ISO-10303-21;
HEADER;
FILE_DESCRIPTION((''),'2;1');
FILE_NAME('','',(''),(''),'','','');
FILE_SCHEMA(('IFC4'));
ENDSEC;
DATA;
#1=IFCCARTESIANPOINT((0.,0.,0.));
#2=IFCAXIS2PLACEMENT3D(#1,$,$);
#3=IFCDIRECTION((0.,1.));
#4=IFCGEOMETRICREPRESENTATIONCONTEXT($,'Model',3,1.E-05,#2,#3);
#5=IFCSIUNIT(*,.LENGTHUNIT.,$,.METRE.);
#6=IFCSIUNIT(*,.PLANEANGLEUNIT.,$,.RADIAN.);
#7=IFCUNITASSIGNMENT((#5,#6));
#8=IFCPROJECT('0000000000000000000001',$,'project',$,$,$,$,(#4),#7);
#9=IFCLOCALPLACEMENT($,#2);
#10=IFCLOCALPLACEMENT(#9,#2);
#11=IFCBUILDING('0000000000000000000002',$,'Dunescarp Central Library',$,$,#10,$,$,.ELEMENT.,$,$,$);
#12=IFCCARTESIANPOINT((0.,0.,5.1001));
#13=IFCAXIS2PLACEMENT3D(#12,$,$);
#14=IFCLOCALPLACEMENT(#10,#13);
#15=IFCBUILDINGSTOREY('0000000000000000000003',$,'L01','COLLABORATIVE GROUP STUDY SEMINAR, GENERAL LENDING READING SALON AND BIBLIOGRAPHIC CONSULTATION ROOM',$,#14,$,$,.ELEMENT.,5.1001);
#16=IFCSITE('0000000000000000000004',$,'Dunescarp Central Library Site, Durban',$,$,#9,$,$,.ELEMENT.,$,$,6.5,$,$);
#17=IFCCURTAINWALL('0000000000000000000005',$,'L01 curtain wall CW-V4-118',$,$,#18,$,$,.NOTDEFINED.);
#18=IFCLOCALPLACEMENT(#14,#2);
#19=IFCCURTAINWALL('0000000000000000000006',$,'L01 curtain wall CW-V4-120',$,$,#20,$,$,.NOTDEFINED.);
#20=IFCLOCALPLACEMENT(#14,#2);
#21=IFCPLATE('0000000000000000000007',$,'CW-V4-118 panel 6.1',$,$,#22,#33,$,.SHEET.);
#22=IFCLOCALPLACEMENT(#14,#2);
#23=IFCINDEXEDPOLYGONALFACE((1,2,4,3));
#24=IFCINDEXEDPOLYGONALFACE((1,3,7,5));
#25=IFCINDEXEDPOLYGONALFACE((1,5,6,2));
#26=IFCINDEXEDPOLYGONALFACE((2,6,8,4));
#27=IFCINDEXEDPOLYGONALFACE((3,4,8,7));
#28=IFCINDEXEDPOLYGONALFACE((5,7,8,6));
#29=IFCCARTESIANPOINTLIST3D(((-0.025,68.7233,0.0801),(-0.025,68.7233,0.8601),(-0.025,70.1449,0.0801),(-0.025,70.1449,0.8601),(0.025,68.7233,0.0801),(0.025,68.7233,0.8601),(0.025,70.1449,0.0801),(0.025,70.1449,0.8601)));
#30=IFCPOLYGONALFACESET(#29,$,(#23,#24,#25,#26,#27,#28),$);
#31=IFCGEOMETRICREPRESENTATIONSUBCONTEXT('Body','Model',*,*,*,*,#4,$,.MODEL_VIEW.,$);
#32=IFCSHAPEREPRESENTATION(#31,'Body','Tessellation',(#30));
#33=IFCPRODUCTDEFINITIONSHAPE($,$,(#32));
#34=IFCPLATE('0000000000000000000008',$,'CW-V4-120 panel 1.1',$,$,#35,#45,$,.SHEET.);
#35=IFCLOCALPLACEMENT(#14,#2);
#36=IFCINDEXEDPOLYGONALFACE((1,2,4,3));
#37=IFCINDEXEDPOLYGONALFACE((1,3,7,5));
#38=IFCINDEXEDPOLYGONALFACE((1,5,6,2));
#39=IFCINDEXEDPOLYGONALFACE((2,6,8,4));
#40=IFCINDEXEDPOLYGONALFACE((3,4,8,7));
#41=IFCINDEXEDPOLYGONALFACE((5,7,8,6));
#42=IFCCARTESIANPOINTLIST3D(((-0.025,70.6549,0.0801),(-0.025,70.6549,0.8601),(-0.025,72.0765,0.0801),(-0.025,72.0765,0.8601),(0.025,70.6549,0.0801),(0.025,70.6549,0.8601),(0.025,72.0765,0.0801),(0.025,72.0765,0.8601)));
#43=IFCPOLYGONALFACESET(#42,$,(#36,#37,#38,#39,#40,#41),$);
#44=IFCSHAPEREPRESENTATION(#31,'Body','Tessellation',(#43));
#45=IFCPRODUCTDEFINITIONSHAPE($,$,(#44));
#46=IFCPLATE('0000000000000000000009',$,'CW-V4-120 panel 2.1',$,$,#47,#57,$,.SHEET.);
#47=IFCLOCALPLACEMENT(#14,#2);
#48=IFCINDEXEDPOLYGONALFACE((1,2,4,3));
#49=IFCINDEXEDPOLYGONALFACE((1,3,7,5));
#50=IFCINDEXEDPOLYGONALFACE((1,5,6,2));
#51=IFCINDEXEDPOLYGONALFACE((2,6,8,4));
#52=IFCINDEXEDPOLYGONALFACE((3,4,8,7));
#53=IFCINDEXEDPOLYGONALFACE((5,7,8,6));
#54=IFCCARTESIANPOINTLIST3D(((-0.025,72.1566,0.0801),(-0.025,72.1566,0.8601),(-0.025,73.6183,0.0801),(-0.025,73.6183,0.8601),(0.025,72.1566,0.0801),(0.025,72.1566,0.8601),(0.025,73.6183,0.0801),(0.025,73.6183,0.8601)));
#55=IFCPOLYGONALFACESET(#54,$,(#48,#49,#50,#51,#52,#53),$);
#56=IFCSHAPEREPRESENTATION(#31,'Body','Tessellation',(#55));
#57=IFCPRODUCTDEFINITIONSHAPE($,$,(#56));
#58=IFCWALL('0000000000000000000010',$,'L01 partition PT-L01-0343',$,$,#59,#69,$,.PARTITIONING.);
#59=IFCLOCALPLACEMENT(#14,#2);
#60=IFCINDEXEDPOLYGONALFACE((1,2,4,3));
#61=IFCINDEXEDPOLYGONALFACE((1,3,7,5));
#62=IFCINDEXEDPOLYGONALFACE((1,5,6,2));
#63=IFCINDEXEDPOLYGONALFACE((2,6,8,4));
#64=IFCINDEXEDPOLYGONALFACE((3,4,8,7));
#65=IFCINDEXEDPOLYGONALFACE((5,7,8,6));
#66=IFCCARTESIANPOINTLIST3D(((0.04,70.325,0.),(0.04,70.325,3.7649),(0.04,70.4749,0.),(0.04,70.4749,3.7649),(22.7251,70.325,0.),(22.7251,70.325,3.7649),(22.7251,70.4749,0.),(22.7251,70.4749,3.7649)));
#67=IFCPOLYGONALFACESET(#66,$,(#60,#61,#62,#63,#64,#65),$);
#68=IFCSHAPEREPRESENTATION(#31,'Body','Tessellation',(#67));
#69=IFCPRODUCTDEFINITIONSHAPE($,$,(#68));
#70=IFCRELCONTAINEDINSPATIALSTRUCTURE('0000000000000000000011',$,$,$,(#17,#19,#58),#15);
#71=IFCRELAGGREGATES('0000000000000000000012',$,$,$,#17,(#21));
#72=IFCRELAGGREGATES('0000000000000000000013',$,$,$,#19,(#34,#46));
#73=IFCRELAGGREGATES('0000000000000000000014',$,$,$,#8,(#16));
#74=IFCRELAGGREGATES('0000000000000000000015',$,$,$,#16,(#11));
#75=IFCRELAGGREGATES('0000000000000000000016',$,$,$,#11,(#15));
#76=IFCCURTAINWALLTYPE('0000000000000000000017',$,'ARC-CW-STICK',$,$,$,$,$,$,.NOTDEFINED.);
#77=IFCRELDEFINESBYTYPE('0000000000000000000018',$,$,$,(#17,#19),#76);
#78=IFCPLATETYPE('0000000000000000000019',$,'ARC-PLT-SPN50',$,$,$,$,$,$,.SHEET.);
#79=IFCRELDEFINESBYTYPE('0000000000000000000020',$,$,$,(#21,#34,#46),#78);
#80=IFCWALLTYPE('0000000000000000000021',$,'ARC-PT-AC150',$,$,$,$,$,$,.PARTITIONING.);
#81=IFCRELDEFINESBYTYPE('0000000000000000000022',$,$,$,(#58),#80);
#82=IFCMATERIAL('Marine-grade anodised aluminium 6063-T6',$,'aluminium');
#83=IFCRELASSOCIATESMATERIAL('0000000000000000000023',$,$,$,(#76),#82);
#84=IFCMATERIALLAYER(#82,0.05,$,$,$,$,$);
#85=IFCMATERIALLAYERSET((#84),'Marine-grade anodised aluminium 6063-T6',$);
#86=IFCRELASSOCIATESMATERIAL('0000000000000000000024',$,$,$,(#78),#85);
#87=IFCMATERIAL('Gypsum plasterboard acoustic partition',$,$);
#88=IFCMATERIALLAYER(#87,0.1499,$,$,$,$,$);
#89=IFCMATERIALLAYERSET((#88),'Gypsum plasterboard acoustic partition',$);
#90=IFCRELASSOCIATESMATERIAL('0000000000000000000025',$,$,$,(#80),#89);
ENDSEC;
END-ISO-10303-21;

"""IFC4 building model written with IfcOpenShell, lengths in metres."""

from ifc_helpers import new_model, si_unit, direction, frame, frame_2d, origin, origin_2d, place, context, subcontext, project, spatial, rectangle, extrude, material, layer, layer_set, type_object, element, aggregate, save


model = new_model("IFC4")

# Units and contexts
model_context = context("Model", 3, precision=1e-05, world=origin(), true_north=direction((0.0, 1.0)))
body_context = subcontext(model_context, "Body", "Model", "MODEL_VIEW")
ifc_project = project(units=[si_unit("LENGTHUNIT", "METRE"), si_unit("PLANEANGLEUNIT", "RADIAN")], contexts=[model_context])

# Site, building, storey
site_placement = place(None, origin())
site = spatial("IfcSite", under=ifc_project, at=site_placement, Name="Dunescarp Central Library Site, Durban", CompositionType="ELEMENT", RefElevation=6.5)
building_placement = place(site_placement, origin())
building = spatial("IfcBuilding", under=site, at=building_placement, Name="Dunescarp Central Library", CompositionType="ELEMENT")
storey_placement = place(building_placement, frame((0.0, 0.0, 5.1001)))
storey = spatial("IfcBuildingStorey", under=building, at=storey_placement, Name="L01", Description="COLLABORATIVE GROUP STUDY SEMINAR, GENERAL LENDING READING SALON AND BIBLIOGRAPHIC CONSULTATION ROOM", CompositionType="ELEMENT", Elevation=5.1001)

# Curtain wall
ifc_material_1 = material(Name="Marine-grade anodised aluminium 6063-T6", Category="aluminium")
curtain_wall_type = type_object("IfcCurtainWallType", Name="ARC-CW-STICK", PredefinedType="NOTDEFINED", material=ifc_material_1)
curtain_wall_1_placement = place(storey_placement, origin())
curtain_wall_1 = element("IfcCurtainWall", 1, at=curtain_wall_1_placement, inside=storey, type_object=curtain_wall_type, Name="L01 curtain wall CW-V4-118", PredefinedType="NOTDEFINED")

# Curtain wall
curtain_wall_2_placement = place(storey_placement, origin())
curtain_wall_2 = element("IfcCurtainWall", 2, at=curtain_wall_2_placement, inside=storey, type_object=curtain_wall_type, Name="L01 curtain wall CW-V4-120", PredefinedType="NOTDEFINED")

# Plates
ifc_layer_1 = layer(ifc_material_1, 0.05)
ifc_layer_set_1 = layer_set([ifc_layer_1], Name="Marine-grade anodised aluminium 6063-T6")
plate_type_1 = type_object("IfcPlateType", Name="ARC-PLT-SPN50", PredefinedType="SHEET", material=ifc_layer_set_1)
plate_1_placement = place(storey_placement, frame((0.0, 69.4341, 0.0801), z_axis=(0.0, 0.0, 1.0), x_axis=(0.0, 1.0, 0.0)))
plate_1 = element("IfcPlate", 3, at=plate_1_placement, type_object=plate_type_1, Name="CW-V4-118 panel 6.1", PredefinedType="SHEET", context=body_context, shape_type="SweptSolid", body=[
    extrude(rectangle(XDim=1.4216, YDim=0.05, at=origin_2d()), origin(), (0.0, 0.0, 1.0), 0.78),
])
aggregate(curtain_wall_1, [plate_1])
plate_2_placement = place(storey_placement, frame((0.0, 71.3657, 0.0801), z_axis=(0.0, 0.0, 1.0), x_axis=(0.0, 1.0, 0.0)))
plate_2 = element("IfcPlate", 4, at=plate_2_placement, type_object=plate_type_1, Name="CW-V4-120 panel 1.1", PredefinedType="SHEET", context=body_context, shape_type="SweptSolid", body=[
    extrude(rectangle(XDim=1.4216, YDim=0.05, at=origin_2d()), origin(), (0.0, 0.0, 1.0), 0.78),
])
plate_3_placement = place(storey_placement, frame((0.0, 72.8875, 0.0801), z_axis=(0.0, 0.0, 1.0), x_axis=(0.0, 1.0, 0.0)))
plate_3 = element("IfcPlate", 5, at=plate_3_placement, type_object=plate_type_1, Name="CW-V4-120 panel 2.1", PredefinedType="SHEET", context=body_context, shape_type="SweptSolid", body=[
    extrude(rectangle(XDim=1.4617, YDim=0.05, at=origin_2d()), origin(), (0.0, 0.0, 1.0), 0.78),
])
aggregate(curtain_wall_2, [plate_2, plate_3])

# Wall
ifc_material_2 = material(Name="Gypsum plasterboard acoustic partition")
ifc_layer_2 = layer(ifc_material_2, 0.1499)
ifc_layer_set_2 = layer_set([ifc_layer_2], Name="Gypsum plasterboard acoustic partition")
wall_type = type_object("IfcWallType", Name="ARC-PT-AC150", PredefinedType="PARTITIONING", material=ifc_layer_set_2)
wall_placement = place(storey_placement, frame((0.04, 70.3999, 0.0), z_axis=(0.0, 0.0, 1.0), x_axis=(1.0, 0.0, 0.0)))
element("IfcWall", 6, at=wall_placement, inside=storey, type_object=wall_type, Name="L01 partition PT-L01-0343", PredefinedType="PARTITIONING", context=body_context, shape_type="SweptSolid", body=[
    extrude(rectangle(XDim=22.6851, YDim=0.1499, at=frame_2d((11.3425, 0.0))), origin(), (0.0, 0.0, 1.0), 3.7649),
])

save(model, "model.ifc")
